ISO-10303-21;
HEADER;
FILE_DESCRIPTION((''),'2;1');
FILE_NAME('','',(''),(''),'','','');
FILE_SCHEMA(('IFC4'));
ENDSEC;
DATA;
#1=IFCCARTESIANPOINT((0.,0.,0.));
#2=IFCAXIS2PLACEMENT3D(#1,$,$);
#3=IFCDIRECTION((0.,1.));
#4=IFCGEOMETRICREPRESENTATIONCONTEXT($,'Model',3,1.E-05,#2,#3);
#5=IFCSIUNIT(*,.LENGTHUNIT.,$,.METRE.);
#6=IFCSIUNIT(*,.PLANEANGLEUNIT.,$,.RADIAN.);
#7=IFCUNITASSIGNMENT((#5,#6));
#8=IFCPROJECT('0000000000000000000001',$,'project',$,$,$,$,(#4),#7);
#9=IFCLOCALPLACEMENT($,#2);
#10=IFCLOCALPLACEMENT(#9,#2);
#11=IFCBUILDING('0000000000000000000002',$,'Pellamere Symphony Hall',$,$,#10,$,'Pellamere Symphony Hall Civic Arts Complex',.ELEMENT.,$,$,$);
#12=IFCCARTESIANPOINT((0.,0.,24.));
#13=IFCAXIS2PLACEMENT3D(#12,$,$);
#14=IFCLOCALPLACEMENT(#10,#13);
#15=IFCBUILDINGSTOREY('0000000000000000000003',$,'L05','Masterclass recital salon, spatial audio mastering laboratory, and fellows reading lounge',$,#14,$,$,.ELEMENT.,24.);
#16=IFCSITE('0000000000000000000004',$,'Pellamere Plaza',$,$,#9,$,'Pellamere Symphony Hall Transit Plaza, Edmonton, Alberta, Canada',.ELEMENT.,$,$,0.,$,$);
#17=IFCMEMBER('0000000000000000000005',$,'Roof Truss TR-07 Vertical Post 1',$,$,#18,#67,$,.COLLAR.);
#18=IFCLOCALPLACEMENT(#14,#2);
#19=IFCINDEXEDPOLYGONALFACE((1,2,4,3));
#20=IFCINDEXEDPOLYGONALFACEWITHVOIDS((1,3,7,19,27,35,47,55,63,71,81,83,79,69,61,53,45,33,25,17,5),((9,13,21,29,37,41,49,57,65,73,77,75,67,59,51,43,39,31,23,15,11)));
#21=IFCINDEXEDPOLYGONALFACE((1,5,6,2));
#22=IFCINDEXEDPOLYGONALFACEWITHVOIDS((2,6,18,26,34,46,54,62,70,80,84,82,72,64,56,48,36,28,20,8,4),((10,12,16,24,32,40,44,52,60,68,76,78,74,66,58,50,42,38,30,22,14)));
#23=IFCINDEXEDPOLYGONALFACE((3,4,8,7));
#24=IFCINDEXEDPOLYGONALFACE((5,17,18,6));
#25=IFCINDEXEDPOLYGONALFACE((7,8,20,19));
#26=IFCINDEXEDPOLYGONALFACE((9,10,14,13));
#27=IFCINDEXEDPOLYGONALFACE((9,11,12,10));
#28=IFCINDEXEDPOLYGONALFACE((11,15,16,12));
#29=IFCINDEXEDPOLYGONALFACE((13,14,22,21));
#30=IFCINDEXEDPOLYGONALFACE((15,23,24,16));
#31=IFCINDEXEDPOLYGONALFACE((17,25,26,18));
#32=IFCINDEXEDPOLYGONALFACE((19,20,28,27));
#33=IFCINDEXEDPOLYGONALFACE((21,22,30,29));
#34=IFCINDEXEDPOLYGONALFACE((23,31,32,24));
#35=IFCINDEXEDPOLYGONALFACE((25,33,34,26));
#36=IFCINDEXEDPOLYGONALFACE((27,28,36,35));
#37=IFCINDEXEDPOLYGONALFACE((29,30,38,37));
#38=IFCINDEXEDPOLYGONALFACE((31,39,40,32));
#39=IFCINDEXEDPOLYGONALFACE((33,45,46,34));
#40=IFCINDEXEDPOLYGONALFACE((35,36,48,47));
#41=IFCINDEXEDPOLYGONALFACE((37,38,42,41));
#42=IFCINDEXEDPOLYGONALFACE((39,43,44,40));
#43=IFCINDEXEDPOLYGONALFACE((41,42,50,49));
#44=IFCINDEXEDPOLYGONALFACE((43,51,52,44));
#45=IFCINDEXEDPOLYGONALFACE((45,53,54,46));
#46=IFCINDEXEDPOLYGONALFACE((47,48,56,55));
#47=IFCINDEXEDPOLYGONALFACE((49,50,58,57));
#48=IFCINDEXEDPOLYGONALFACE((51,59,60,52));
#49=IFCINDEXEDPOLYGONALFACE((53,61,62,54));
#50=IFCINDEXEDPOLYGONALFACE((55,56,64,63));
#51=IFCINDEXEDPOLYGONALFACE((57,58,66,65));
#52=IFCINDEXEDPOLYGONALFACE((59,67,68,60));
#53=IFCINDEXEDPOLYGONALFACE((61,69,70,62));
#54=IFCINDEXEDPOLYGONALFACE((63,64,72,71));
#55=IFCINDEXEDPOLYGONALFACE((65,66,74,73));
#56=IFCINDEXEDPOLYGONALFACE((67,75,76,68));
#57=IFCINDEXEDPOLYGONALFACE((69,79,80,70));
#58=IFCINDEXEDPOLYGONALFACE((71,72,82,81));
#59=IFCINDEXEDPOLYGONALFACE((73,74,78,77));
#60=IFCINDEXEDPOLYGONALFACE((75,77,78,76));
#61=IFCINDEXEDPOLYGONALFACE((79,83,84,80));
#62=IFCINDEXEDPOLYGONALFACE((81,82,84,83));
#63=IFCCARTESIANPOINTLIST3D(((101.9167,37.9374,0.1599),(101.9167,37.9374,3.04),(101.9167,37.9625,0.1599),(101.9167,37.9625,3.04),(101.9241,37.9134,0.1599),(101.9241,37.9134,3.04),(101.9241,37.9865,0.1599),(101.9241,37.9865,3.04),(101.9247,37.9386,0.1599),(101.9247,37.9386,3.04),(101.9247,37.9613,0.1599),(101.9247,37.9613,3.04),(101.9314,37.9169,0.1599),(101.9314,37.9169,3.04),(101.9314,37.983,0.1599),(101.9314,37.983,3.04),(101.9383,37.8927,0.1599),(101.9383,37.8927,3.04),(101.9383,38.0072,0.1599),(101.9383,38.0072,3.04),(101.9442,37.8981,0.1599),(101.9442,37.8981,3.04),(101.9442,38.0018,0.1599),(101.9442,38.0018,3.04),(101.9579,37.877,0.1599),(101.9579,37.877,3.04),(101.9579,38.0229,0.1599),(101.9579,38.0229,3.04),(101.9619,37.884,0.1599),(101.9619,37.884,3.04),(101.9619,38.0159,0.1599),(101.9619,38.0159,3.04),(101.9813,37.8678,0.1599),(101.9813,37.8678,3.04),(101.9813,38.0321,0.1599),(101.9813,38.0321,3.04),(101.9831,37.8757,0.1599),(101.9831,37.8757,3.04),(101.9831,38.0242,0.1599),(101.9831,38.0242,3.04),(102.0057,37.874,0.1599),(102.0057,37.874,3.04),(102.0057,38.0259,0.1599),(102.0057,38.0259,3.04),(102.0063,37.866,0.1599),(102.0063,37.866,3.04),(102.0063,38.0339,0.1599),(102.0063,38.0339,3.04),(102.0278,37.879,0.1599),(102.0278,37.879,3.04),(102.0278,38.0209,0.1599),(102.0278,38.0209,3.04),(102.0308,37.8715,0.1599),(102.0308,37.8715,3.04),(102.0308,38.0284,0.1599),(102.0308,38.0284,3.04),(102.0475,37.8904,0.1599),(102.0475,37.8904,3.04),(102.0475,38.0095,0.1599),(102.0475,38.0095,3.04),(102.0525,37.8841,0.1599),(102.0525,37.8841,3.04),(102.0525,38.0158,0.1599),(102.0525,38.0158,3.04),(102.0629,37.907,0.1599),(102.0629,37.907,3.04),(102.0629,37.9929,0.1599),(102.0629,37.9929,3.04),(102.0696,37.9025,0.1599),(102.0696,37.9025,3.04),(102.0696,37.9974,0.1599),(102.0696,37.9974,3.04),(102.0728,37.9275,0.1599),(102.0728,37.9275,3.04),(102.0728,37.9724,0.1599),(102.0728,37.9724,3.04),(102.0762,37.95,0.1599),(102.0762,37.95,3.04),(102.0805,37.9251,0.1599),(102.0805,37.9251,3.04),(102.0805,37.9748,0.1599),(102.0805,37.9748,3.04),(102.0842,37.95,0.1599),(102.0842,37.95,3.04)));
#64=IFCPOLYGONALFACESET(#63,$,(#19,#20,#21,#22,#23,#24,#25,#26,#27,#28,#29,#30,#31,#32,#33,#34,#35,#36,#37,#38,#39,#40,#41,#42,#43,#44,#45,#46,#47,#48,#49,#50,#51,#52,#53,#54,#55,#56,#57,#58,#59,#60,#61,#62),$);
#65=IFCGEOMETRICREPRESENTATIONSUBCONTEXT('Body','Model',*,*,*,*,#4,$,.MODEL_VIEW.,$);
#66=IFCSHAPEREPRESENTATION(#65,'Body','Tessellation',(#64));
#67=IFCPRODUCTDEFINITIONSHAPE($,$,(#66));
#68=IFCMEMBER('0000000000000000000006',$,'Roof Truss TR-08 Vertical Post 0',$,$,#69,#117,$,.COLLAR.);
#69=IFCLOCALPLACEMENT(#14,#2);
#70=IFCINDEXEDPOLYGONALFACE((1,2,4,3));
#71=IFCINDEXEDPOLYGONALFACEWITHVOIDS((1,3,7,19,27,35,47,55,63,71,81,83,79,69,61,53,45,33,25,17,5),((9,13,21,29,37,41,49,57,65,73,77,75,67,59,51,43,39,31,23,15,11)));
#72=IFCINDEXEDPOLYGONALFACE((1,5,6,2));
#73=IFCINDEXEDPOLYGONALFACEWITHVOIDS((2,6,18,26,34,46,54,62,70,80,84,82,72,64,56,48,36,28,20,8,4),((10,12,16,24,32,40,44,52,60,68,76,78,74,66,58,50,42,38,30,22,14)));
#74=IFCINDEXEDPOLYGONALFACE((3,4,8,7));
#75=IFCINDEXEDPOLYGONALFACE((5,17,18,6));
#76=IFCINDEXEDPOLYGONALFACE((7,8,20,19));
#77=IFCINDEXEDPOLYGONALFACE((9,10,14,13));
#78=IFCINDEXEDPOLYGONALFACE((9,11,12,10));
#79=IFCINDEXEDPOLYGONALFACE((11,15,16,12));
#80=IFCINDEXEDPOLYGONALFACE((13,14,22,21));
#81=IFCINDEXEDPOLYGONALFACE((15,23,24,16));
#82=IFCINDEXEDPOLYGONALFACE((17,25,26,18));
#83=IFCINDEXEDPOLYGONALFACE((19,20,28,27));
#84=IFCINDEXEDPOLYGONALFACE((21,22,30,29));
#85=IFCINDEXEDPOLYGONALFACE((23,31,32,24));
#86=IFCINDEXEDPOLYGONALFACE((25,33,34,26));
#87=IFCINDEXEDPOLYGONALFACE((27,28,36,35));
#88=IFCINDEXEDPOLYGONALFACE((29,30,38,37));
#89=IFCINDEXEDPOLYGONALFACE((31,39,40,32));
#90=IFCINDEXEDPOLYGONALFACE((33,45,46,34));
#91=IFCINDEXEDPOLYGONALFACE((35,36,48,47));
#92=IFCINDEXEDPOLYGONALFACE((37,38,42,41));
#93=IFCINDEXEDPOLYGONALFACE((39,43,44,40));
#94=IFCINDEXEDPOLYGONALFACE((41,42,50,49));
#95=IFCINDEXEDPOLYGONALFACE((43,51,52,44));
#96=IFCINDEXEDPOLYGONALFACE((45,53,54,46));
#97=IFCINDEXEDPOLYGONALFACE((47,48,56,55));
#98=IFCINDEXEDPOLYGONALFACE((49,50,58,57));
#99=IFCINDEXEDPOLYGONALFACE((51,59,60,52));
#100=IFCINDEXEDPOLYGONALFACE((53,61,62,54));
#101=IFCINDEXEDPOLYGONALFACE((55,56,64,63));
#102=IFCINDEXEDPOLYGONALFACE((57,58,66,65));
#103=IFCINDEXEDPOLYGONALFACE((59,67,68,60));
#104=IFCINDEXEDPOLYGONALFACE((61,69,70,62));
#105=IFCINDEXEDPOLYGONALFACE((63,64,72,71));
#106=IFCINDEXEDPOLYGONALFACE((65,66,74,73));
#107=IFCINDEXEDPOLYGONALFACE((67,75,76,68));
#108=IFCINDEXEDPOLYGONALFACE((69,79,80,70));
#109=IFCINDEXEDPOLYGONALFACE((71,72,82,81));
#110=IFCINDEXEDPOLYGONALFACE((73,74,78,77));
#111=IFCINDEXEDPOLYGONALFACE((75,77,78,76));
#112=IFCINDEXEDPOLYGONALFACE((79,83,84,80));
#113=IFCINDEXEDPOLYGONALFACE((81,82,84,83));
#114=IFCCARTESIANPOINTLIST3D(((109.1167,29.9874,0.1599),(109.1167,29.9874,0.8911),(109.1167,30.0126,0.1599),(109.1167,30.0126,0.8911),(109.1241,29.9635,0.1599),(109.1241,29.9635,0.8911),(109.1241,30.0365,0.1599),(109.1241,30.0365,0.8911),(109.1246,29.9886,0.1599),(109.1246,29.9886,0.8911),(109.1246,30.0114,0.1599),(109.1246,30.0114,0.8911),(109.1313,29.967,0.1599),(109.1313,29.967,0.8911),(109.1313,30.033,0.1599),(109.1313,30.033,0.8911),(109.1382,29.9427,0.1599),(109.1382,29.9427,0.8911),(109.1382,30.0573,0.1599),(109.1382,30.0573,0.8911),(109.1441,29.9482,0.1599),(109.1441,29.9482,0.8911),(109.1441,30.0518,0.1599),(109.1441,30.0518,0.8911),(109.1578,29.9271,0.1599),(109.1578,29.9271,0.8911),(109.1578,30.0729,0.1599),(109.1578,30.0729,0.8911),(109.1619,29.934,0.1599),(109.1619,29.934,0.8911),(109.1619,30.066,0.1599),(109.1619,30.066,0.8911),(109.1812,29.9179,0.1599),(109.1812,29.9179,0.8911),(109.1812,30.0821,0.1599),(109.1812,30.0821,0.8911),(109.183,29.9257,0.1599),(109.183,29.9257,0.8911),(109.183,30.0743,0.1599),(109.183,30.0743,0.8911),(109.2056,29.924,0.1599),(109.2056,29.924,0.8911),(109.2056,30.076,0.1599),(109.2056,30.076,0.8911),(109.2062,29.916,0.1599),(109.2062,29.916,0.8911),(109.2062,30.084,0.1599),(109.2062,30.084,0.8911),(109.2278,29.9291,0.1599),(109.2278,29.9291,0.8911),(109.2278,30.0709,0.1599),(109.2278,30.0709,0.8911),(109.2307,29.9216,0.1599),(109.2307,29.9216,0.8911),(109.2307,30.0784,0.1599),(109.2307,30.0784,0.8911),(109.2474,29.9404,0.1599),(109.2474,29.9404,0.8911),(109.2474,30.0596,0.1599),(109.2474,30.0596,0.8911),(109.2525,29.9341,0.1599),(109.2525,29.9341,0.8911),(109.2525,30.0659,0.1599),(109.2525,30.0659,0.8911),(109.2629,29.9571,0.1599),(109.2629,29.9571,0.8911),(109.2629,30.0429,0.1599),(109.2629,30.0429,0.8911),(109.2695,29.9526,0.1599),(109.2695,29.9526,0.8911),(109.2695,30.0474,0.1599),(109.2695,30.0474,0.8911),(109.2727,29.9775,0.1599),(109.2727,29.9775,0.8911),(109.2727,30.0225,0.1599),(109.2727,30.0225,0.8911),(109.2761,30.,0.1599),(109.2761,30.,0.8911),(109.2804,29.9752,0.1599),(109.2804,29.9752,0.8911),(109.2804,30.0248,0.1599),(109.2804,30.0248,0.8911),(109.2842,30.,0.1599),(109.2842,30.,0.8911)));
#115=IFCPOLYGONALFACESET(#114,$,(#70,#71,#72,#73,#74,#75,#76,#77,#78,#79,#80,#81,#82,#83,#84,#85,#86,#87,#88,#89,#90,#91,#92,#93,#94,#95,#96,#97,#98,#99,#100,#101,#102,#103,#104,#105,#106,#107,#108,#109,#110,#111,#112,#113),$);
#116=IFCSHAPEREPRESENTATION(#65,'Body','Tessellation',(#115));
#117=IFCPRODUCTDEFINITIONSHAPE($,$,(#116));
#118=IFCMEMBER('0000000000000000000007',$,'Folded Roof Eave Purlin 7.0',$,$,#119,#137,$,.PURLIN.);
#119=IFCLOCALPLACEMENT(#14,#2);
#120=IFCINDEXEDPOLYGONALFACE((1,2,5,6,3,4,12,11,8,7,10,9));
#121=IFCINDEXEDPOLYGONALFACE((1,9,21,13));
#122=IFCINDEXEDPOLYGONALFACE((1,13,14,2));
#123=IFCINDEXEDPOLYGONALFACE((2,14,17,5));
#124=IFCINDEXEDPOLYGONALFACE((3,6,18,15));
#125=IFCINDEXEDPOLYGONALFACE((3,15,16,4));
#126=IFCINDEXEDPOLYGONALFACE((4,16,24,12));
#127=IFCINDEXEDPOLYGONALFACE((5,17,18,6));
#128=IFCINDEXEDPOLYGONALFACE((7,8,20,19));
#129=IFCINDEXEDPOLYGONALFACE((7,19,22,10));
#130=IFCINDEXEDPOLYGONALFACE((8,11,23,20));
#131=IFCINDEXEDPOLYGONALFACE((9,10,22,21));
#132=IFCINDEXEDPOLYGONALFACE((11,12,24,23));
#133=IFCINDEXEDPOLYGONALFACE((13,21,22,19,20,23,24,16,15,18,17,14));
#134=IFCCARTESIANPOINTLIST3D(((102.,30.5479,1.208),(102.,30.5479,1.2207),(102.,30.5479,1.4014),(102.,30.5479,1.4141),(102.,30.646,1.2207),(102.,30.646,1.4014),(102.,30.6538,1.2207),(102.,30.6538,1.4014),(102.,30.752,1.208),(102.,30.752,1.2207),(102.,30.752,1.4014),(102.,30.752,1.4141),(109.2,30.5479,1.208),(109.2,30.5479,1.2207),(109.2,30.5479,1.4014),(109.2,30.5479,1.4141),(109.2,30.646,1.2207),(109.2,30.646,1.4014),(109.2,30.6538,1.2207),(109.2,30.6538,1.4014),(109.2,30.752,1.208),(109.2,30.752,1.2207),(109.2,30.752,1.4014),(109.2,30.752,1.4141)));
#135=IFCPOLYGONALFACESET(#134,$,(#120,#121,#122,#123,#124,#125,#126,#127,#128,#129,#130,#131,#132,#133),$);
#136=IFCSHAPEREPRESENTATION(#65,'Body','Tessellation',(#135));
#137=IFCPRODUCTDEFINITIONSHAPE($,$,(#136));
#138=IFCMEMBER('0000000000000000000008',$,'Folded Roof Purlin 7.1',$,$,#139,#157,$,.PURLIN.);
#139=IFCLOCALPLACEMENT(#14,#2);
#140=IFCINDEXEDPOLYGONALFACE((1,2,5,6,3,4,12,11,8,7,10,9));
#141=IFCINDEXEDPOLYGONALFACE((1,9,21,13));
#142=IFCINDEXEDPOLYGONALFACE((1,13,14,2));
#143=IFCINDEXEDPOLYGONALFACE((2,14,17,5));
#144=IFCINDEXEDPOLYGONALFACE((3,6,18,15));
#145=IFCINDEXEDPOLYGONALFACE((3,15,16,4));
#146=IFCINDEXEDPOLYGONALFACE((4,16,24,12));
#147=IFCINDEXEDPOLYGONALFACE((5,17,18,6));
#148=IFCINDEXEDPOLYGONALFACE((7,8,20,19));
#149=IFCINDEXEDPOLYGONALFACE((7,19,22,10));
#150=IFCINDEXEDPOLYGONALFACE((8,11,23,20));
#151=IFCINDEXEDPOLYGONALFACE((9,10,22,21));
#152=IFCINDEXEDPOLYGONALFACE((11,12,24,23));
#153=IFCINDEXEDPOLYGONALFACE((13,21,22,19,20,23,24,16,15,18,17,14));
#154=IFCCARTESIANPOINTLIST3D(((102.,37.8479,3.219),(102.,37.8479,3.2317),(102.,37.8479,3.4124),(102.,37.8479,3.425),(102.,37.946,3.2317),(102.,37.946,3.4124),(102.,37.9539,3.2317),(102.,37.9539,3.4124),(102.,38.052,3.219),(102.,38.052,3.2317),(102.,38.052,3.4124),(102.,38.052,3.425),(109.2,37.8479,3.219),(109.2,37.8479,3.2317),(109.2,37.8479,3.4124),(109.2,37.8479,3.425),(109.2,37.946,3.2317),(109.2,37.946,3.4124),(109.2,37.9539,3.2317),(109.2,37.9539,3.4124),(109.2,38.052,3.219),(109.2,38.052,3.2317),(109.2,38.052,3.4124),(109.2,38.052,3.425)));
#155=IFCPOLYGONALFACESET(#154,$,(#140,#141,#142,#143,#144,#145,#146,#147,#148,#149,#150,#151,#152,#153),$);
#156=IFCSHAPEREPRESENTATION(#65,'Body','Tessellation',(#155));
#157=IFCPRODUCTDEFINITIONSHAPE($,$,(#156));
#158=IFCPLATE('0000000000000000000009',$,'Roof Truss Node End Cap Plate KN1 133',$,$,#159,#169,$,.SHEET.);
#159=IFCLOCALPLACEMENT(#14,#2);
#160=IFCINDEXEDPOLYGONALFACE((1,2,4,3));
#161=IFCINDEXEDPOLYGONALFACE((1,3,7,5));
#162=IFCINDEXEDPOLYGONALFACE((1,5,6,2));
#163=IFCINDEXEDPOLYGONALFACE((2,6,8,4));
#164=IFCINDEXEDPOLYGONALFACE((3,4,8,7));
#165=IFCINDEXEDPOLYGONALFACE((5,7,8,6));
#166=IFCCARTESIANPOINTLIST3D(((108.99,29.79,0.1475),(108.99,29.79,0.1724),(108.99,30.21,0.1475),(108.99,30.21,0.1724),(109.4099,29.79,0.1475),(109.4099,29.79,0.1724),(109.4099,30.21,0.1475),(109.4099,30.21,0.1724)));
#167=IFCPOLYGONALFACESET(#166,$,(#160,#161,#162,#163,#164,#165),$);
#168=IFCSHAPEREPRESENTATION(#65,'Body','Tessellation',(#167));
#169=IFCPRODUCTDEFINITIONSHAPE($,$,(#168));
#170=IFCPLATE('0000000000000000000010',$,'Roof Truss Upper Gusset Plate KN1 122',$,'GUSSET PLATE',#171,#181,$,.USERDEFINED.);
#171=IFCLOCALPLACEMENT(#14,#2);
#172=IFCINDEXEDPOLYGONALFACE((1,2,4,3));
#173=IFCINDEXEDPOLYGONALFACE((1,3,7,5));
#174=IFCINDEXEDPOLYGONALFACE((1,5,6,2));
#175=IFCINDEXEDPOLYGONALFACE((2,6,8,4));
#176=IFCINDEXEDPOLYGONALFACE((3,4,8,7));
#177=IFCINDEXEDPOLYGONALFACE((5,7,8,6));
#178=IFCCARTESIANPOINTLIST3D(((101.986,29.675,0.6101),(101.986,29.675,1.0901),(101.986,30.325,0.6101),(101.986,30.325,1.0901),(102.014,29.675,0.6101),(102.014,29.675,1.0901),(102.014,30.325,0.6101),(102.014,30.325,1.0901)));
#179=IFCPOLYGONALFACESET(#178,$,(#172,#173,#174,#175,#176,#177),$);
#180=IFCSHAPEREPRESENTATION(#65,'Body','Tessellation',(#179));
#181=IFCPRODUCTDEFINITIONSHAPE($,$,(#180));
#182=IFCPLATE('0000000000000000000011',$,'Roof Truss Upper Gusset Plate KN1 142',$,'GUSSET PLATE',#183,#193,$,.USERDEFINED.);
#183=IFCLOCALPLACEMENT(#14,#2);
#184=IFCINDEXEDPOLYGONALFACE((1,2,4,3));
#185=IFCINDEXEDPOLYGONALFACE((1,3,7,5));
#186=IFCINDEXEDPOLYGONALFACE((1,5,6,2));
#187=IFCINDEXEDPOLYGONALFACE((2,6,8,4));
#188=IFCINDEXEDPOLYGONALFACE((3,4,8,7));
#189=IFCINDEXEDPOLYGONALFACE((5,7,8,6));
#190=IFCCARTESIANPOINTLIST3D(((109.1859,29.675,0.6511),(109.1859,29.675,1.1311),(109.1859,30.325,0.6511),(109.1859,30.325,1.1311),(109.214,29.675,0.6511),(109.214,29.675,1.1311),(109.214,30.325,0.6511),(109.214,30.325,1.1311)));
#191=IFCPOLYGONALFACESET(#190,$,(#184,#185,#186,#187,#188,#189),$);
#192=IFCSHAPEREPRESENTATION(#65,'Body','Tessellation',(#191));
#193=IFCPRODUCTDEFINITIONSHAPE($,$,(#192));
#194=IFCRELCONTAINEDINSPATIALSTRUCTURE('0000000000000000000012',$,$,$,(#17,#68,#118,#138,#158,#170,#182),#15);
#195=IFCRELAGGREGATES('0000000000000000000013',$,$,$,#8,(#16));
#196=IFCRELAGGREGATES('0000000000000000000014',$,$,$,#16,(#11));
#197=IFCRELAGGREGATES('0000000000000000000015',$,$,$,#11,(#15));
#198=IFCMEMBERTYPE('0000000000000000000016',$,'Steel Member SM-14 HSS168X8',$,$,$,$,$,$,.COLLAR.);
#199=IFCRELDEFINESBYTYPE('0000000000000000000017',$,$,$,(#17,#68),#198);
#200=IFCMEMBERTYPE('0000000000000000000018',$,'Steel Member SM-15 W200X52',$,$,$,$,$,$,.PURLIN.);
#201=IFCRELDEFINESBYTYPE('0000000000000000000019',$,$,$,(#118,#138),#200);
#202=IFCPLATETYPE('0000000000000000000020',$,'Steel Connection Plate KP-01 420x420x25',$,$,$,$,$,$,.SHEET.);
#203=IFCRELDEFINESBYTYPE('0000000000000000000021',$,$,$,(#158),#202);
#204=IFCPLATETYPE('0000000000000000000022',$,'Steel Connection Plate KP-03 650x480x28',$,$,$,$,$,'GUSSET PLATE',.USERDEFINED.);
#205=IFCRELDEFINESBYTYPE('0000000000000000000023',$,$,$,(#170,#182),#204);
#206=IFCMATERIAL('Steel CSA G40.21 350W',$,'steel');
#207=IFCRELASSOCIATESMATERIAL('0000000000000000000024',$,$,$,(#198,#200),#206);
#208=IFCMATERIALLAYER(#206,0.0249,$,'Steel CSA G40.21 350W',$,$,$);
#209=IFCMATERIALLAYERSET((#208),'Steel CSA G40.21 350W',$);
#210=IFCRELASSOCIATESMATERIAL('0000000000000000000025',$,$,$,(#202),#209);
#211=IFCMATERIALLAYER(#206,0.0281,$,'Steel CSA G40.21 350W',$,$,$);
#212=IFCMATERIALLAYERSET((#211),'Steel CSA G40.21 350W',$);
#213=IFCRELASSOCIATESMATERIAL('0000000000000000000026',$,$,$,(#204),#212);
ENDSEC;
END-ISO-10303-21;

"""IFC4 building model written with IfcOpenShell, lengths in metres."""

from ifc_helpers import new_model, si_unit, direction, frame, origin, origin_2d, place, context, subcontext, project, spatial, rectangle, hollow_circle, i_section, extrude, material, layer, layer_set, material_profile, profile_set, type_object, element, save


model = new_model("IFC4")

# Units and contexts
model_context = context("Model", 3, precision=1e-05, world=origin(), true_north=direction((0.0, 1.0)))
body_context = subcontext(model_context, "Body", "Model", "MODEL_VIEW")
ifc_project = project(units=[si_unit("LENGTHUNIT", "METRE"), si_unit("PLANEANGLEUNIT", "RADIAN")], contexts=[model_context])

# Site, building, storey
site_placement = place(None, origin())
site = spatial("IfcSite", under=ifc_project, at=site_placement, Name="Pellamere Plaza", LongName="Pellamere Symphony Hall Transit Plaza, Edmonton, Alberta, Canada", CompositionType="ELEMENT", RefElevation=0.0)
building_placement = place(site_placement, origin())
building = spatial("IfcBuilding", under=site, at=building_placement, Name="Pellamere Symphony Hall", LongName="Pellamere Symphony Hall Civic Arts Complex", CompositionType="ELEMENT")
storey_placement = place(building_placement, frame((0.0, 0.0, 24.0)))
storey = spatial("IfcBuildingStorey", under=building, at=storey_placement, Name="L05", Description="Masterclass recital salon, spatial audio mastering laboratory, and fellows reading lounge", CompositionType="ELEMENT", Elevation=24.0)

# Shared definitions
ifc_material_1 = material(Name="Steel CSA G40.21 350W", Category="steel")

# Members
ifc_material_profile_1 = material_profile(ifc_material_1, hollow_circle(Radius=0.0842, WallThickness=0.0081, at=origin_2d()), Name="HSS168X8")
ifc_profile_set_1 = profile_set([ifc_material_profile_1], Name="Steel CSA G40.21 350W")
member_type_1 = type_object("IfcMemberType", Name="Steel Member SM-14 HSS168X8", PredefinedType="COLLAR", material=ifc_profile_set_1)
member_1_placement = place(storey_placement, frame((102.0, 37.95, 0.1599), z_axis=(0.0, 0.0, 1.0), x_axis=(1.0, 0.0, 0.0)))
element("IfcMember", 1, at=member_1_placement, inside=storey, type_object=member_type_1, Name="Roof Truss TR-07 Vertical Post 1", PredefinedType="COLLAR", context=body_context, shape_type="SweptSolid", body=[
    extrude(hollow_circle(Radius=0.0842, WallThickness=0.0081, at=origin_2d()), origin(), (0.0, 0.0, 1.0), 2.8801),
])
member_2_placement = place(storey_placement, frame((109.2, 30.0, 0.1599), z_axis=(0.0, 0.0, 1.0), x_axis=(1.0, 0.0, 0.0)))
element("IfcMember", 2, at=member_2_placement, inside=storey, type_object=member_type_1, Name="Roof Truss TR-08 Vertical Post 0", PredefinedType="COLLAR", context=body_context, shape_type="SweptSolid", body=[
    extrude(hollow_circle(Radius=0.0842, WallThickness=0.0081, at=origin_2d()), origin(), (0.0, 0.0, 1.0), 0.7312),
])
ifc_material_profile_2 = material_profile(ifc_material_1, i_section(OverallWidth=0.2041, OverallDepth=0.2061, WebThickness=0.0078, FlangeThickness=0.0127, at=origin_2d()), Name="W200X52")
ifc_profile_set_2 = profile_set([ifc_material_profile_2], Name="Steel CSA G40.21 350W")
member_type_2 = type_object("IfcMemberType", Name="Steel Member SM-15 W200X52", PredefinedType="PURLIN", material=ifc_profile_set_2)
for number, where, z_axis, x_axis, name in (
    (3, (102.0, 30.6499, 1.311), (1.0, 0.0, 0.0), (0.0, 1.0, 0.0), "Folded Roof Eave Purlin 7.0"),
    (4, (102.0, 37.95, 3.322), (1.0, 0.0, 0.0), (0.0, 1.0, 0.0), "Folded Roof Purlin 7.1"),
):
    element("IfcMember", number, at=place(storey_placement, frame(where, z_axis=z_axis, x_axis=x_axis)), inside=storey, type_object=member_type_2, Name=name, PredefinedType="PURLIN", context=body_context, shape_type="SweptSolid", body=[
        extrude(i_section(OverallWidth=0.2041, OverallDepth=0.2061, WebThickness=0.0078, FlangeThickness=0.0127, at=origin_2d()), origin(), (0.0, 0.0, 1.0), 7.2),
    ])

# Plates
ifc_layer_1 = layer(ifc_material_1, 0.0249, Name="Steel CSA G40.21 350W")
ifc_layer_set_1 = layer_set([ifc_layer_1], Name="Steel CSA G40.21 350W")
plate_type_1 = type_object("IfcPlateType", Name="Steel Connection Plate KP-01 420x420x25", PredefinedType="SHEET", material=ifc_layer_set_1)
plate_placement = place(storey_placement, frame((109.2, 30.0, 0.1475), z_axis=(0.0, 0.0, 1.0), x_axis=(1.0, 0.0, 0.0)))
element("IfcPlate", 5, at=plate_placement, inside=storey, type_object=plate_type_1, Name="Roof Truss Node End Cap Plate KN1 133", PredefinedType="SHEET", context=body_context, shape_type="SweptSolid", body=[
    extrude(rectangle(XDim=0.4199, YDim=0.4199, at=origin_2d()), origin(), (0.0, 0.0, 1.0), 0.0249),
])
ifc_layer_2 = layer(ifc_material_1, 0.0281, Name="Steel CSA G40.21 350W")
ifc_layer_set_2 = layer_set([ifc_layer_2], Name="Steel CSA G40.21 350W")
plate_type_2 = type_object("IfcPlateType", Name="Steel Connection Plate KP-03 650x480x28", ElementType="GUSSET PLATE", PredefinedType="USERDEFINED", material=ifc_layer_set_2)
for number, where, z_axis, x_axis, name in (
    (6, (102.0, 30.0, 0.6101), (0.0, 0.0, 1.0), (1.0, 0.0, 0.0), "Roof Truss Upper Gusset Plate KN1 122"),
    (7, (109.2, 30.0, 0.6511), (0.0, 0.0, 1.0), (1.0, 0.0, 0.0), "Roof Truss Upper Gusset Plate KN1 142"),
):
    element("IfcPlate", number, at=place(storey_placement, frame(where, z_axis=z_axis, x_axis=x_axis)), inside=storey, type_object=plate_type_2, Name=name, ObjectType="GUSSET PLATE", PredefinedType="USERDEFINED", context=body_context, shape_type="SweptSolid", body=[
        extrude(rectangle(XDim=0.0281, YDim=0.6499, at=origin_2d()), origin(), (0.0, 0.0, 1.0), 0.48),
    ])

save(model, "model.ifc")
